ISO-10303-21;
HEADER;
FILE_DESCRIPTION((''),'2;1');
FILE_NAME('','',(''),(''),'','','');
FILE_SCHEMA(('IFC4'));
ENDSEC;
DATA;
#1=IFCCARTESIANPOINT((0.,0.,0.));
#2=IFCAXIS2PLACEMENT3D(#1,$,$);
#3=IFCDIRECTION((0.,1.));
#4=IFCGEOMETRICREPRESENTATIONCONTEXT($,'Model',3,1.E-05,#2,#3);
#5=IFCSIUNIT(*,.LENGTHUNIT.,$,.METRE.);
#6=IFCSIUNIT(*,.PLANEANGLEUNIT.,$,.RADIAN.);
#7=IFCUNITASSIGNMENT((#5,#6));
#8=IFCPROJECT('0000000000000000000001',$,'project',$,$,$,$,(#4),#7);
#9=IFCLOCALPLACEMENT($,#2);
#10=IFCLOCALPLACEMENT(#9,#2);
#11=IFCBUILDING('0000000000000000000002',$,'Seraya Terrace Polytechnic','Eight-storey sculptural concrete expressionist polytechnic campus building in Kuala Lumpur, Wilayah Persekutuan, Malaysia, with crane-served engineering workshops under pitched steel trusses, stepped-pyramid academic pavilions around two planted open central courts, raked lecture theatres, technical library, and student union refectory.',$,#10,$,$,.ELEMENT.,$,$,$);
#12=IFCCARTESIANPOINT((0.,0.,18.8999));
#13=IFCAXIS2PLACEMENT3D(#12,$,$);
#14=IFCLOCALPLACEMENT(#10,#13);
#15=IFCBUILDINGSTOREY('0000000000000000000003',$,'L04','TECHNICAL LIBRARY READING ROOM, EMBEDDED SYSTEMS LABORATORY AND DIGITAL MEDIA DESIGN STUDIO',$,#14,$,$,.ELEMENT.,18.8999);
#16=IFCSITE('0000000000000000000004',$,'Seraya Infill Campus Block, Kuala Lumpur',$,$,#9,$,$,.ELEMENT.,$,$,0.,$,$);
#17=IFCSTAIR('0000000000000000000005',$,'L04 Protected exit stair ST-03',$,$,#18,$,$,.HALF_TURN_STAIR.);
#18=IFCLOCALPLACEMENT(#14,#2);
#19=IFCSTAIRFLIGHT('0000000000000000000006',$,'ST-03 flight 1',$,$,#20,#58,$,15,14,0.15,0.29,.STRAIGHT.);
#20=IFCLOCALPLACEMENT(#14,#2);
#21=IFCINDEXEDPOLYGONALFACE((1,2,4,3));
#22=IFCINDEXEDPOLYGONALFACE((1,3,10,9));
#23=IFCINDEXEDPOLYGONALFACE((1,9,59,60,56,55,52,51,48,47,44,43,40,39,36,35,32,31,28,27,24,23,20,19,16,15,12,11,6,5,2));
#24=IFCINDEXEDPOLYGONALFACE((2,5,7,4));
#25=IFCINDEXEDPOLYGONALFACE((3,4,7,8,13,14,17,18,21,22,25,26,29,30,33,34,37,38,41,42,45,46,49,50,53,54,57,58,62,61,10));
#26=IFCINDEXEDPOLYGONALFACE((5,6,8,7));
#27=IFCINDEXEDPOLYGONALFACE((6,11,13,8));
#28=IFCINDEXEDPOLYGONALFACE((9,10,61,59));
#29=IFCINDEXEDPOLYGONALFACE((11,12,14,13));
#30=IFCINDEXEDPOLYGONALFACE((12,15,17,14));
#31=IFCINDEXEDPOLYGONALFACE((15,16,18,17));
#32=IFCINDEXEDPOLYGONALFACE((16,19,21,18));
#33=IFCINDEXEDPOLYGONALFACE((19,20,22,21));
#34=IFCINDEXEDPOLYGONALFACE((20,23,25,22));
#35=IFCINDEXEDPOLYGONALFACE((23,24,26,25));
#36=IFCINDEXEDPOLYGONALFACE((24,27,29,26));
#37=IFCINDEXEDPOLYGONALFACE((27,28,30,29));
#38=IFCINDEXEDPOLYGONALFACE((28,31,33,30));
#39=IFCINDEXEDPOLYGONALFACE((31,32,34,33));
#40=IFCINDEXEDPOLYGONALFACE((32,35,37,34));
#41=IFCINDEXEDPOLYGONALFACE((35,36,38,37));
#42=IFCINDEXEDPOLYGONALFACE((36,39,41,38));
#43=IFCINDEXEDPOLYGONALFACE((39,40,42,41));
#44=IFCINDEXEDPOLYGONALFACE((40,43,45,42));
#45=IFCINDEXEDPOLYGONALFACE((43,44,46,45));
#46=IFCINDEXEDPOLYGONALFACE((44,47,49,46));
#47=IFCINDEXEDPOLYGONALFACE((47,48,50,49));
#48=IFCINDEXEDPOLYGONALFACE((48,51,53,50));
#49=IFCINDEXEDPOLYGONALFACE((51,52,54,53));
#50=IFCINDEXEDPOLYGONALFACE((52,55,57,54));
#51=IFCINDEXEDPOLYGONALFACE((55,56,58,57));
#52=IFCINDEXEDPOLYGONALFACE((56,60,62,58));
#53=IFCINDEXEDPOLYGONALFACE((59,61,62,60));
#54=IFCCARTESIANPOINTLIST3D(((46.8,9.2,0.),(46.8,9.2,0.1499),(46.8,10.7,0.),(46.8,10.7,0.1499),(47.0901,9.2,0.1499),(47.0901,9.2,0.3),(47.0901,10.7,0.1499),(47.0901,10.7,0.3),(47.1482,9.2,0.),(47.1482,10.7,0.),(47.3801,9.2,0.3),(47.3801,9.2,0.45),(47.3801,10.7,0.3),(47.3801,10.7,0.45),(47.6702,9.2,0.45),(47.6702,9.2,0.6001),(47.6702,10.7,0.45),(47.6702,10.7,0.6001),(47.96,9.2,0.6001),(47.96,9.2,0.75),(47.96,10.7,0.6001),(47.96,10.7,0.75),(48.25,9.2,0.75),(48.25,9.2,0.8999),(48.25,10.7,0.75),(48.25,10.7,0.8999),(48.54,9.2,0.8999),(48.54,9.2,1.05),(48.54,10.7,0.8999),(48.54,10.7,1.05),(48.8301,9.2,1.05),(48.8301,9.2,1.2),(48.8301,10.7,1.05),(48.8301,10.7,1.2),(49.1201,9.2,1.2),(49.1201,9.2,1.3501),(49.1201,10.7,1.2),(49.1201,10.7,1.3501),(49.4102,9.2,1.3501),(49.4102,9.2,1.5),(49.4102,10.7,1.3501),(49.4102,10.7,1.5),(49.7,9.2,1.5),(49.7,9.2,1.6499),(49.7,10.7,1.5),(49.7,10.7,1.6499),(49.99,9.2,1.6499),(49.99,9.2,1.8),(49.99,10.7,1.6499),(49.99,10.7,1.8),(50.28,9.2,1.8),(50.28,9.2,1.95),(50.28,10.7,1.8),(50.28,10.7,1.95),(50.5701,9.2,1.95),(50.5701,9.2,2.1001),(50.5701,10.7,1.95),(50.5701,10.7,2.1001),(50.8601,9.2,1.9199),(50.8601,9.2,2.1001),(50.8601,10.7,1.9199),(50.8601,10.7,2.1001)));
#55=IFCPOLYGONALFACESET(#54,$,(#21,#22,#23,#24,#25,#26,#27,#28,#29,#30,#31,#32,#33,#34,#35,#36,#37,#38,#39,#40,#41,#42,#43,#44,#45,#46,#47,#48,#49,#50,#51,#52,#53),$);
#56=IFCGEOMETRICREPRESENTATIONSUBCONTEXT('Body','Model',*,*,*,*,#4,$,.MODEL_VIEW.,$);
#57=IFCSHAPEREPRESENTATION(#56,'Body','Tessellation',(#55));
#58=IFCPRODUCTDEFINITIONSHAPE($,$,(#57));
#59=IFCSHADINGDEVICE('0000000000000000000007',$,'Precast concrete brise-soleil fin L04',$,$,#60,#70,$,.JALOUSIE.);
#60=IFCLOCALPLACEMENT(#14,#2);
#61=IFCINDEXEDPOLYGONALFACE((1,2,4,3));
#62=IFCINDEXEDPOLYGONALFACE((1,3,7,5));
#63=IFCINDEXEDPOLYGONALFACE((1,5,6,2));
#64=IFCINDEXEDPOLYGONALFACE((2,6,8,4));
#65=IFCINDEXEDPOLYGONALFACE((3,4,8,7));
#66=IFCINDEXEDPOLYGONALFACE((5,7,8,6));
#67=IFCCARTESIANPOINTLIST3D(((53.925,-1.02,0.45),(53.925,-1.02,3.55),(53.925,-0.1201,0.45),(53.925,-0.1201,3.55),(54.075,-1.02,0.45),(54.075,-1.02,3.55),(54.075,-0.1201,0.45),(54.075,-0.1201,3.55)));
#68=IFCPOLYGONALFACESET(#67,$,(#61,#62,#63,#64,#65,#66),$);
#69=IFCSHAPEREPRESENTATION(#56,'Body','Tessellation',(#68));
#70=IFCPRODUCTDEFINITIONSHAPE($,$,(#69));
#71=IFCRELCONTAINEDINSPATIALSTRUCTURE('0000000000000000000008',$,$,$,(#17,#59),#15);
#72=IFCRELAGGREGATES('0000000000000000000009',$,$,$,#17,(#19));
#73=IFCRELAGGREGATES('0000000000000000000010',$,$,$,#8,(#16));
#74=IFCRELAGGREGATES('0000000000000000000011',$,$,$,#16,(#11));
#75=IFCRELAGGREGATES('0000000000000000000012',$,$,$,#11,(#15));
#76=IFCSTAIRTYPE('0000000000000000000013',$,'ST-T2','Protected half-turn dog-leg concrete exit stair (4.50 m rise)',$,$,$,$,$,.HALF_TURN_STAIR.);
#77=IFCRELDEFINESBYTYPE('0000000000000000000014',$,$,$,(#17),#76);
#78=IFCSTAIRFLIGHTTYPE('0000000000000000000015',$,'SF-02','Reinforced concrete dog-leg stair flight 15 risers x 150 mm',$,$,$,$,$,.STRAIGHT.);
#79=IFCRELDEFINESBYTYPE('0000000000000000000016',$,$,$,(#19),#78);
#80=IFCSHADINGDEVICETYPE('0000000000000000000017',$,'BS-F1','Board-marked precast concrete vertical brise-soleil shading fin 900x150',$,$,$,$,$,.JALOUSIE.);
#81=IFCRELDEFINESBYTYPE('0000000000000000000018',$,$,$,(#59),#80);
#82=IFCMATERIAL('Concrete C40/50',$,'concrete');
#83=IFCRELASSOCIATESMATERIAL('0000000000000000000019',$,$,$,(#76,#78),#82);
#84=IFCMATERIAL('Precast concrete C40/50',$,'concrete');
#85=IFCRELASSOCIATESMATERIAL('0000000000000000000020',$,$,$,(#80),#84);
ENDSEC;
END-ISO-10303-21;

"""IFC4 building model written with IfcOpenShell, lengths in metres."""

from ifc_helpers import new_model, si_unit, direction, frame, origin, origin_2d, place, context, subcontext, project, spatial, polyline, rectangle, outline, extrude, material, type_object, element, aggregate, save


model = new_model("IFC4")

# Units and contexts
model_context = context("Model", 3, precision=1e-05, world=origin(), true_north=direction((0.0, 1.0)))
body_context = subcontext(model_context, "Body", "Model", "MODEL_VIEW")
ifc_project = project(units=[si_unit("LENGTHUNIT", "METRE"), si_unit("PLANEANGLEUNIT", "RADIAN")], contexts=[model_context])

# Site, building, storey
site_placement = place(None, origin())
site = spatial("IfcSite", under=ifc_project, at=site_placement, Name="Seraya Infill Campus Block, Kuala Lumpur", CompositionType="ELEMENT", RefElevation=0.0)
building_placement = place(site_placement, origin())
building = spatial("IfcBuilding", under=site, at=building_placement, Name="Seraya Terrace Polytechnic", Description="Eight-storey sculptural concrete expressionist polytechnic campus building in Kuala Lumpur, Wilayah Persekutuan, Malaysia, with crane-served engineering workshops under pitched steel trusses, stepped-pyramid academic pavilions around two planted open central courts, raked lecture theatres, technical library, and student union refectory.", CompositionType="ELEMENT")
storey_placement = place(building_placement, frame((0.0, 0.0, 18.8999)))
storey = spatial("IfcBuildingStorey", under=building, at=storey_placement, Name="L04", Description="TECHNICAL LIBRARY READING ROOM, EMBEDDED SYSTEMS LABORATORY AND DIGITAL MEDIA DESIGN STUDIO", CompositionType="ELEMENT", Elevation=18.8999)

# Shared definitions
ifc_material_1 = material(Name="Concrete C40/50", Category="concrete")

# Shared definitions
ifc_material_2 = material(Name="Precast concrete C40/50", Category="concrete")

# Stair, stair flight
stair_type = type_object("IfcStairType", Name="ST-T2", Description="Protected half-turn dog-leg concrete exit stair (4.50 m rise)", PredefinedType="HALF_TURN_STAIR", material=ifc_material_1)
stair_placement = place(storey_placement, origin())
stair = element("IfcStair", 1, at=stair_placement, inside=storey, type_object=stair_type, Name="L04 Protected exit stair ST-03", PredefinedType="HALF_TURN_STAIR")
stair_flight_type = type_object("IfcStairFlightType", Name="SF-02", Description="Reinforced concrete dog-leg stair flight 15 risers x 150 mm", PredefinedType="STRAIGHT", material=ifc_material_1)
stair_flight_placement = place(storey_placement, frame((46.8, 9.95, 0.0), z_axis=(0.0, 0.0, 1.0), x_axis=(1.0, 0.0, 0.0)))
stair_flight = element("IfcStairFlight", 2, at=stair_flight_placement, type_object=stair_flight_type, Name="ST-03 flight 1", NumberOfRisers=15, NumberOfTreads=14, PredefinedType="STRAIGHT", RiserHeight=0.15, TreadLength=0.29, context=body_context, shape_type="SweptSolid", body=[
    extrude(outline(polyline([(0.0, 0.0), (0.0, 0.1499), (0.29, 0.1499), (0.29, 0.3), (0.5801, 0.3), (0.5801, 0.45), (0.8701, 0.45), (0.8701, 0.6001), (1.1599, 0.6001), (1.1599, 0.75), (1.45, 0.75), (1.45, 0.8999), (1.74, 0.8999), (1.74, 1.05), (2.03, 1.05), (2.03, 1.2), (2.3201, 1.2), (2.3201, 1.3501), (2.6101, 1.3501), (2.6101, 1.5), (2.8999, 1.5), (2.8999, 1.6499), (3.1899, 1.6499), (3.1899, 1.8), (3.48, 1.8), (3.48, 1.95), (3.77, 1.95), (3.77, 2.1001), (4.0601, 2.1001), (4.0601, 2.25), (4.0601, 1.9199), (0.3481, 0.0), (0.0, 0.0)])), frame((0.0, 0.75, 0.0), z_axis=(0.0, -1.0, 0.0), x_axis=(1.0, 0.0, 0.0)), (0.0, 0.0, 1.0), 1.5),
])
aggregate(stair, [stair_flight])

# Shading device
shading_device_type = type_object("IfcShadingDeviceType", Name="BS-F1", Description="Board-marked precast concrete vertical brise-soleil shading fin 900x150", PredefinedType="JALOUSIE", material=ifc_material_2)
shading_device_placement = place(storey_placement, frame((54.0, -0.5701, 0.45), z_axis=(0.0, 0.0, 1.0), x_axis=(0.0, -1.0, 0.0)))
element("IfcShadingDevice", 3, at=shading_device_placement, inside=storey, type_object=shading_device_type, Name="Precast concrete brise-soleil fin L04", PredefinedType="JALOUSIE", context=body_context, shape_type="SweptSolid", body=[
    extrude(rectangle(XDim=0.8999, YDim=0.1499, at=origin_2d()), origin(), (0.0, 0.0, 1.0), 3.1001),
])

save(model, "model.ifc")
